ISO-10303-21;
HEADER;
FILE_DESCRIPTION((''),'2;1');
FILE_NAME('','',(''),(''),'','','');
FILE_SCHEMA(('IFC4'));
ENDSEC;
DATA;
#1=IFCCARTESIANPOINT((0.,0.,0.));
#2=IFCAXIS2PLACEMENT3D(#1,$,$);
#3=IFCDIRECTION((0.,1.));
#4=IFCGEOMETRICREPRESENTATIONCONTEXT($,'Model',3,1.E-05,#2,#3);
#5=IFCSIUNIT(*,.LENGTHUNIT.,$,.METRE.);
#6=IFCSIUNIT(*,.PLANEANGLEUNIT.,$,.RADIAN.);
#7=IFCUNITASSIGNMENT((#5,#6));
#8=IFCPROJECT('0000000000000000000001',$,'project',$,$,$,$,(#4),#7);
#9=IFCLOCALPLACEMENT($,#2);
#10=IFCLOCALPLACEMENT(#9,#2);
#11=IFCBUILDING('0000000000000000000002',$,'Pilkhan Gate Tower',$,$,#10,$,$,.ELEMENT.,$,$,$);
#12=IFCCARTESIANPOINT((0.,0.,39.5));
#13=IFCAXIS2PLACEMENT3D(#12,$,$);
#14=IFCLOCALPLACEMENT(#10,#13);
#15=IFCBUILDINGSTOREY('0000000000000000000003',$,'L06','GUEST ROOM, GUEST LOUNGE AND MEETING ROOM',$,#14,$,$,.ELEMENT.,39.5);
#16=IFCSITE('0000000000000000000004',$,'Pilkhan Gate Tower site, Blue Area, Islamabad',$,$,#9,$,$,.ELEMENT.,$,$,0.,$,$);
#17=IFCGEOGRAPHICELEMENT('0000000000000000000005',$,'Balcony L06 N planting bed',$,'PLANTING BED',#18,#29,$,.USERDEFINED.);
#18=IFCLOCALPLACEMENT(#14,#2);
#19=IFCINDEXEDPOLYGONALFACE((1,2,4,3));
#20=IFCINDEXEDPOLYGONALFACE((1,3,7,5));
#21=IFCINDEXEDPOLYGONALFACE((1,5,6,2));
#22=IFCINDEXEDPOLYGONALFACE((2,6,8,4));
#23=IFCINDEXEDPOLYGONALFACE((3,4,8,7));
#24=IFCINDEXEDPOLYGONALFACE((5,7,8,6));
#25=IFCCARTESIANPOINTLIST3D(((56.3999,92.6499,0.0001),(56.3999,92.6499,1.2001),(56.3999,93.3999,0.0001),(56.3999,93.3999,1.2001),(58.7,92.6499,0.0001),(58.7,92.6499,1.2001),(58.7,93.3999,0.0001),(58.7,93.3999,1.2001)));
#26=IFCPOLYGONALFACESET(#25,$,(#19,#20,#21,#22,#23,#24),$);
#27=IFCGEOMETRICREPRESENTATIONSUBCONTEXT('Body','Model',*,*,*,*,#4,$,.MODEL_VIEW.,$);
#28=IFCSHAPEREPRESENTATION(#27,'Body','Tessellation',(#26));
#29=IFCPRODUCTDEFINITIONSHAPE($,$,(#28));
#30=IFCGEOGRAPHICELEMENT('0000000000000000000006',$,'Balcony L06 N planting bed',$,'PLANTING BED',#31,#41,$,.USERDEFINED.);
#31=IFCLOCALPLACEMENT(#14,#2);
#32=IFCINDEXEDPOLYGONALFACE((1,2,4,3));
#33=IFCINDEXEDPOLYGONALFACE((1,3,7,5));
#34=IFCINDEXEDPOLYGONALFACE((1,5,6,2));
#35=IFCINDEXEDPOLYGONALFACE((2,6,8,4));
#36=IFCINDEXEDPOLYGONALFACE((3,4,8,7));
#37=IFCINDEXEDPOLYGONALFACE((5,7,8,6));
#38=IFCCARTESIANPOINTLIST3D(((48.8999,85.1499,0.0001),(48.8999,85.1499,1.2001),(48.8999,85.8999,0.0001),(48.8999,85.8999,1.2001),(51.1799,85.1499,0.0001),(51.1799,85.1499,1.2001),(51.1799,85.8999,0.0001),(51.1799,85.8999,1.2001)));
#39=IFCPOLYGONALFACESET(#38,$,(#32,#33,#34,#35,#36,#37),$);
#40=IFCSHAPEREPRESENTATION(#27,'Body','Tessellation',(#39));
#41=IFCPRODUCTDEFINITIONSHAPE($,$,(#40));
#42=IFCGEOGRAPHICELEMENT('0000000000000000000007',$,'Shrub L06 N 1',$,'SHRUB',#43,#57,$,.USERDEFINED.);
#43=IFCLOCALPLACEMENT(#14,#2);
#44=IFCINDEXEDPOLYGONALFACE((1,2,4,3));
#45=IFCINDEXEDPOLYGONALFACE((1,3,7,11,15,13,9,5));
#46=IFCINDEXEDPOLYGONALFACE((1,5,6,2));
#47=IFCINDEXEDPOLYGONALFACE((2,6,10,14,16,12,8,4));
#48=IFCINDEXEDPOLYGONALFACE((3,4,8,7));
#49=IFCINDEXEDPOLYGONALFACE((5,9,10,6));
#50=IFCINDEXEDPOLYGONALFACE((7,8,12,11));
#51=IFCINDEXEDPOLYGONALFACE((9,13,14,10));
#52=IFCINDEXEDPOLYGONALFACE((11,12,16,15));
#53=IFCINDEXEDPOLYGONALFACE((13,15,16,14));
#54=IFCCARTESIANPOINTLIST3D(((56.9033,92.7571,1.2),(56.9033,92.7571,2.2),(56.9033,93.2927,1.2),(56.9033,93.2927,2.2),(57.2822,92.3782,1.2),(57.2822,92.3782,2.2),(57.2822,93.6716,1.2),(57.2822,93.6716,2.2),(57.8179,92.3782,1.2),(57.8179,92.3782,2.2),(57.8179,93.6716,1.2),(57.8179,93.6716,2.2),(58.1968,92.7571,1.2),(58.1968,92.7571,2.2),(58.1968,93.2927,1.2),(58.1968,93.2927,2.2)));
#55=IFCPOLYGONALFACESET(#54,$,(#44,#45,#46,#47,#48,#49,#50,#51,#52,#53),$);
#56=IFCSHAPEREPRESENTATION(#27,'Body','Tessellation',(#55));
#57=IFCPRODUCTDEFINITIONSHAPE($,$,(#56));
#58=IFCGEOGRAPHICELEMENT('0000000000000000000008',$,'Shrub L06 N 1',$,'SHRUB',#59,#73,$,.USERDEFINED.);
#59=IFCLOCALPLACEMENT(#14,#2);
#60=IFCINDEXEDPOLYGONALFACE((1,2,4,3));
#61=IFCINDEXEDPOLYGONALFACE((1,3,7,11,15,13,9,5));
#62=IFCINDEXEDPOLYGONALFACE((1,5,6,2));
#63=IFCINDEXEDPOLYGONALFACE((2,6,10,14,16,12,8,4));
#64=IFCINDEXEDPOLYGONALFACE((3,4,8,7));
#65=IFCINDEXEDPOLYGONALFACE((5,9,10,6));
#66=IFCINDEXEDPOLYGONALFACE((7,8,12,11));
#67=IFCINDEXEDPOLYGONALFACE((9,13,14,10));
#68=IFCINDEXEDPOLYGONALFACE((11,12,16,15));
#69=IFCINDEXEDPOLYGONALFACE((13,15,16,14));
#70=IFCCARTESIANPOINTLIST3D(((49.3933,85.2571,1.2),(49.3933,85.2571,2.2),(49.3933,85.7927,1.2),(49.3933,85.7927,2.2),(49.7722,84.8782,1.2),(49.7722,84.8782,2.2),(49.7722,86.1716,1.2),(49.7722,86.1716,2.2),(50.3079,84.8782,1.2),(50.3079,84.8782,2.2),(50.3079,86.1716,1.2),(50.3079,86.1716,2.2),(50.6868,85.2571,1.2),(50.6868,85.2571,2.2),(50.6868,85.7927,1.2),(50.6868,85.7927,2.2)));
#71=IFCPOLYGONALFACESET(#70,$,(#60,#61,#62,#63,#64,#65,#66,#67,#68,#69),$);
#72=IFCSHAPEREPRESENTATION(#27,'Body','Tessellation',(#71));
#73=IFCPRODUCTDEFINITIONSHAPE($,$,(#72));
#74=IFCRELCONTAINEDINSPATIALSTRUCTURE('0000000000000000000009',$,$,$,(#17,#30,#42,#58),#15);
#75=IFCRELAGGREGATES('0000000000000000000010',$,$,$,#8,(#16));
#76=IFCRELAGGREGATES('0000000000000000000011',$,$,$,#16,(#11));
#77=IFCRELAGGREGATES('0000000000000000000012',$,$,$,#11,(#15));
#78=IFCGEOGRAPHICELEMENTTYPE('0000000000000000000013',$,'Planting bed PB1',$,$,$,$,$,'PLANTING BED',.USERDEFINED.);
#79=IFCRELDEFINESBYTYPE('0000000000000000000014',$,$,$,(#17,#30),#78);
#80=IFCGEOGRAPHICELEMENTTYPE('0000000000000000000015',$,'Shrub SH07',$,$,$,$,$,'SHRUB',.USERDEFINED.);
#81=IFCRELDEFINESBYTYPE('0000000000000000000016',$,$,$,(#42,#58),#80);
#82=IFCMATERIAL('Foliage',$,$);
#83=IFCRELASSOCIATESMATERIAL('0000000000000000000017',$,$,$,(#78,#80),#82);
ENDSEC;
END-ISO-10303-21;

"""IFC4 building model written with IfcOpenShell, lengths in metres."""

from ifc_helpers import new_model, si_unit, direction, frame, origin, origin_2d, place, context, subcontext, project, spatial, polyline, rectangle, outline, extrude, material, material_profile, profile_set, type_object, element, save


model = new_model("IFC4")

# Units and contexts
model_context = context("Model", 3, precision=1e-05, world=origin(), true_north=direction((0.0, 1.0)))
body_context = subcontext(model_context, "Body", "Model", "MODEL_VIEW")
ifc_project = project(units=[si_unit("LENGTHUNIT", "METRE"), si_unit("PLANEANGLEUNIT", "RADIAN")], contexts=[model_context])

# Site, building, storey
site_placement = place(None, origin())
site = spatial("IfcSite", under=ifc_project, at=site_placement, Name="Pilkhan Gate Tower site, Blue Area, Islamabad", CompositionType="ELEMENT", RefElevation=0.0)
building_placement = place(site_placement, origin())
building = spatial("IfcBuilding", under=site, at=building_placement, Name="Pilkhan Gate Tower", CompositionType="ELEMENT")
storey_placement = place(building_placement, frame((0.0, 0.0, 39.5)))
storey = spatial("IfcBuildingStorey", under=building, at=storey_placement, Name="L06", Description="GUEST ROOM, GUEST LOUNGE AND MEETING ROOM", CompositionType="ELEMENT", Elevation=39.5)

# Geographic elements
ifc_material_1 = material(Name="Foliage")
ifc_material_profile_1 = material_profile(ifc_material_1, rectangle(XDim=0.75, YDim=1.2, at=origin_2d()), Name="Bed 750x1200")
ifc_profile_set_1 = profile_set([ifc_material_profile_1], Name="Foliage")
geographic_element_type_1 = type_object("IfcGeographicElementType", Name="Planting bed PB1", ElementType="PLANTING BED", PredefinedType="USERDEFINED", material=ifc_profile_set_1)
geographic_element_1_placement = place(storey_placement, frame((56.3999, 93.0249, 0.6001), z_axis=(1.0, 0.0, 0.0), x_axis=(0.0, 1.0, 0.0)))
element("IfcGeographicElement", 1, at=geographic_element_1_placement, inside=storey, type_object=geographic_element_type_1, Name="Balcony L06 N planting bed", ObjectType="PLANTING BED", PredefinedType="USERDEFINED", context=body_context, shape_type="SweptSolid", body=[
    extrude(rectangle(XDim=0.75, YDim=1.2, at=origin_2d()), origin(), (0.0, 0.0, 1.0), 2.3),
])
geographic_element_2_placement = place(storey_placement, frame((48.8999, 85.5249, 0.6001), z_axis=(1.0, 0.0, 0.0), x_axis=(0.0, 1.0, 0.0)))
element("IfcGeographicElement", 2, at=geographic_element_2_placement, inside=storey, type_object=geographic_element_type_1, Name="Balcony L06 N planting bed", ObjectType="PLANTING BED", PredefinedType="USERDEFINED", context=body_context, shape_type="SweptSolid", body=[
    extrude(rectangle(XDim=0.75, YDim=1.2, at=origin_2d()), origin(), (0.0, 0.0, 1.0), 2.28),
])
ifc_material_profile_2 = material_profile(ifc_material_1, outline(polyline([(0.6467, 0.2678), (0.2678, 0.6467), (-0.2678, 0.6467), (-0.6467, 0.2678), (-0.6467, -0.2678), (-0.2678, -0.6467), (0.2678, -0.6467), (0.6467, -0.2678), (0.6467, 0.2678)])), Name="Shrub D1.4")
ifc_profile_set_2 = profile_set([ifc_material_profile_2], Name="Foliage")
geographic_element_type_2 = type_object("IfcGeographicElementType", Name="Shrub SH07", ElementType="SHRUB", PredefinedType="USERDEFINED", material=ifc_profile_set_2)
for number, where, z_axis, x_axis, name in (
    (3, (57.55, 93.0249, 1.2), (0.0, 0.0, 1.0), (1.0, 0.0, 0.0), "Shrub L06 N 1"),
    (4, (50.04, 85.5249, 1.2), (0.0, 0.0, 1.0), (1.0, 0.0, 0.0), "Shrub L06 N 1"),
):
    element("IfcGeographicElement", number, at=place(storey_placement, frame(where, z_axis=z_axis, x_axis=x_axis)), inside=storey, type_object=geographic_element_type_2, Name=name, ObjectType="SHRUB", PredefinedType="USERDEFINED", context=body_context, shape_type="SweptSolid", body=[
        extrude(outline(polyline([(0.6467, 0.2678), (0.2678, 0.6467), (-0.2678, 0.6467), (-0.6467, 0.2678), (-0.6467, -0.2678), (-0.2678, -0.6467), (0.2678, -0.6467), (0.6467, -0.2678), (0.6467, 0.2678)])), origin(), (0.0, 0.0, 1.0), 1.0),
    ])

save(model, "model.ifc")
